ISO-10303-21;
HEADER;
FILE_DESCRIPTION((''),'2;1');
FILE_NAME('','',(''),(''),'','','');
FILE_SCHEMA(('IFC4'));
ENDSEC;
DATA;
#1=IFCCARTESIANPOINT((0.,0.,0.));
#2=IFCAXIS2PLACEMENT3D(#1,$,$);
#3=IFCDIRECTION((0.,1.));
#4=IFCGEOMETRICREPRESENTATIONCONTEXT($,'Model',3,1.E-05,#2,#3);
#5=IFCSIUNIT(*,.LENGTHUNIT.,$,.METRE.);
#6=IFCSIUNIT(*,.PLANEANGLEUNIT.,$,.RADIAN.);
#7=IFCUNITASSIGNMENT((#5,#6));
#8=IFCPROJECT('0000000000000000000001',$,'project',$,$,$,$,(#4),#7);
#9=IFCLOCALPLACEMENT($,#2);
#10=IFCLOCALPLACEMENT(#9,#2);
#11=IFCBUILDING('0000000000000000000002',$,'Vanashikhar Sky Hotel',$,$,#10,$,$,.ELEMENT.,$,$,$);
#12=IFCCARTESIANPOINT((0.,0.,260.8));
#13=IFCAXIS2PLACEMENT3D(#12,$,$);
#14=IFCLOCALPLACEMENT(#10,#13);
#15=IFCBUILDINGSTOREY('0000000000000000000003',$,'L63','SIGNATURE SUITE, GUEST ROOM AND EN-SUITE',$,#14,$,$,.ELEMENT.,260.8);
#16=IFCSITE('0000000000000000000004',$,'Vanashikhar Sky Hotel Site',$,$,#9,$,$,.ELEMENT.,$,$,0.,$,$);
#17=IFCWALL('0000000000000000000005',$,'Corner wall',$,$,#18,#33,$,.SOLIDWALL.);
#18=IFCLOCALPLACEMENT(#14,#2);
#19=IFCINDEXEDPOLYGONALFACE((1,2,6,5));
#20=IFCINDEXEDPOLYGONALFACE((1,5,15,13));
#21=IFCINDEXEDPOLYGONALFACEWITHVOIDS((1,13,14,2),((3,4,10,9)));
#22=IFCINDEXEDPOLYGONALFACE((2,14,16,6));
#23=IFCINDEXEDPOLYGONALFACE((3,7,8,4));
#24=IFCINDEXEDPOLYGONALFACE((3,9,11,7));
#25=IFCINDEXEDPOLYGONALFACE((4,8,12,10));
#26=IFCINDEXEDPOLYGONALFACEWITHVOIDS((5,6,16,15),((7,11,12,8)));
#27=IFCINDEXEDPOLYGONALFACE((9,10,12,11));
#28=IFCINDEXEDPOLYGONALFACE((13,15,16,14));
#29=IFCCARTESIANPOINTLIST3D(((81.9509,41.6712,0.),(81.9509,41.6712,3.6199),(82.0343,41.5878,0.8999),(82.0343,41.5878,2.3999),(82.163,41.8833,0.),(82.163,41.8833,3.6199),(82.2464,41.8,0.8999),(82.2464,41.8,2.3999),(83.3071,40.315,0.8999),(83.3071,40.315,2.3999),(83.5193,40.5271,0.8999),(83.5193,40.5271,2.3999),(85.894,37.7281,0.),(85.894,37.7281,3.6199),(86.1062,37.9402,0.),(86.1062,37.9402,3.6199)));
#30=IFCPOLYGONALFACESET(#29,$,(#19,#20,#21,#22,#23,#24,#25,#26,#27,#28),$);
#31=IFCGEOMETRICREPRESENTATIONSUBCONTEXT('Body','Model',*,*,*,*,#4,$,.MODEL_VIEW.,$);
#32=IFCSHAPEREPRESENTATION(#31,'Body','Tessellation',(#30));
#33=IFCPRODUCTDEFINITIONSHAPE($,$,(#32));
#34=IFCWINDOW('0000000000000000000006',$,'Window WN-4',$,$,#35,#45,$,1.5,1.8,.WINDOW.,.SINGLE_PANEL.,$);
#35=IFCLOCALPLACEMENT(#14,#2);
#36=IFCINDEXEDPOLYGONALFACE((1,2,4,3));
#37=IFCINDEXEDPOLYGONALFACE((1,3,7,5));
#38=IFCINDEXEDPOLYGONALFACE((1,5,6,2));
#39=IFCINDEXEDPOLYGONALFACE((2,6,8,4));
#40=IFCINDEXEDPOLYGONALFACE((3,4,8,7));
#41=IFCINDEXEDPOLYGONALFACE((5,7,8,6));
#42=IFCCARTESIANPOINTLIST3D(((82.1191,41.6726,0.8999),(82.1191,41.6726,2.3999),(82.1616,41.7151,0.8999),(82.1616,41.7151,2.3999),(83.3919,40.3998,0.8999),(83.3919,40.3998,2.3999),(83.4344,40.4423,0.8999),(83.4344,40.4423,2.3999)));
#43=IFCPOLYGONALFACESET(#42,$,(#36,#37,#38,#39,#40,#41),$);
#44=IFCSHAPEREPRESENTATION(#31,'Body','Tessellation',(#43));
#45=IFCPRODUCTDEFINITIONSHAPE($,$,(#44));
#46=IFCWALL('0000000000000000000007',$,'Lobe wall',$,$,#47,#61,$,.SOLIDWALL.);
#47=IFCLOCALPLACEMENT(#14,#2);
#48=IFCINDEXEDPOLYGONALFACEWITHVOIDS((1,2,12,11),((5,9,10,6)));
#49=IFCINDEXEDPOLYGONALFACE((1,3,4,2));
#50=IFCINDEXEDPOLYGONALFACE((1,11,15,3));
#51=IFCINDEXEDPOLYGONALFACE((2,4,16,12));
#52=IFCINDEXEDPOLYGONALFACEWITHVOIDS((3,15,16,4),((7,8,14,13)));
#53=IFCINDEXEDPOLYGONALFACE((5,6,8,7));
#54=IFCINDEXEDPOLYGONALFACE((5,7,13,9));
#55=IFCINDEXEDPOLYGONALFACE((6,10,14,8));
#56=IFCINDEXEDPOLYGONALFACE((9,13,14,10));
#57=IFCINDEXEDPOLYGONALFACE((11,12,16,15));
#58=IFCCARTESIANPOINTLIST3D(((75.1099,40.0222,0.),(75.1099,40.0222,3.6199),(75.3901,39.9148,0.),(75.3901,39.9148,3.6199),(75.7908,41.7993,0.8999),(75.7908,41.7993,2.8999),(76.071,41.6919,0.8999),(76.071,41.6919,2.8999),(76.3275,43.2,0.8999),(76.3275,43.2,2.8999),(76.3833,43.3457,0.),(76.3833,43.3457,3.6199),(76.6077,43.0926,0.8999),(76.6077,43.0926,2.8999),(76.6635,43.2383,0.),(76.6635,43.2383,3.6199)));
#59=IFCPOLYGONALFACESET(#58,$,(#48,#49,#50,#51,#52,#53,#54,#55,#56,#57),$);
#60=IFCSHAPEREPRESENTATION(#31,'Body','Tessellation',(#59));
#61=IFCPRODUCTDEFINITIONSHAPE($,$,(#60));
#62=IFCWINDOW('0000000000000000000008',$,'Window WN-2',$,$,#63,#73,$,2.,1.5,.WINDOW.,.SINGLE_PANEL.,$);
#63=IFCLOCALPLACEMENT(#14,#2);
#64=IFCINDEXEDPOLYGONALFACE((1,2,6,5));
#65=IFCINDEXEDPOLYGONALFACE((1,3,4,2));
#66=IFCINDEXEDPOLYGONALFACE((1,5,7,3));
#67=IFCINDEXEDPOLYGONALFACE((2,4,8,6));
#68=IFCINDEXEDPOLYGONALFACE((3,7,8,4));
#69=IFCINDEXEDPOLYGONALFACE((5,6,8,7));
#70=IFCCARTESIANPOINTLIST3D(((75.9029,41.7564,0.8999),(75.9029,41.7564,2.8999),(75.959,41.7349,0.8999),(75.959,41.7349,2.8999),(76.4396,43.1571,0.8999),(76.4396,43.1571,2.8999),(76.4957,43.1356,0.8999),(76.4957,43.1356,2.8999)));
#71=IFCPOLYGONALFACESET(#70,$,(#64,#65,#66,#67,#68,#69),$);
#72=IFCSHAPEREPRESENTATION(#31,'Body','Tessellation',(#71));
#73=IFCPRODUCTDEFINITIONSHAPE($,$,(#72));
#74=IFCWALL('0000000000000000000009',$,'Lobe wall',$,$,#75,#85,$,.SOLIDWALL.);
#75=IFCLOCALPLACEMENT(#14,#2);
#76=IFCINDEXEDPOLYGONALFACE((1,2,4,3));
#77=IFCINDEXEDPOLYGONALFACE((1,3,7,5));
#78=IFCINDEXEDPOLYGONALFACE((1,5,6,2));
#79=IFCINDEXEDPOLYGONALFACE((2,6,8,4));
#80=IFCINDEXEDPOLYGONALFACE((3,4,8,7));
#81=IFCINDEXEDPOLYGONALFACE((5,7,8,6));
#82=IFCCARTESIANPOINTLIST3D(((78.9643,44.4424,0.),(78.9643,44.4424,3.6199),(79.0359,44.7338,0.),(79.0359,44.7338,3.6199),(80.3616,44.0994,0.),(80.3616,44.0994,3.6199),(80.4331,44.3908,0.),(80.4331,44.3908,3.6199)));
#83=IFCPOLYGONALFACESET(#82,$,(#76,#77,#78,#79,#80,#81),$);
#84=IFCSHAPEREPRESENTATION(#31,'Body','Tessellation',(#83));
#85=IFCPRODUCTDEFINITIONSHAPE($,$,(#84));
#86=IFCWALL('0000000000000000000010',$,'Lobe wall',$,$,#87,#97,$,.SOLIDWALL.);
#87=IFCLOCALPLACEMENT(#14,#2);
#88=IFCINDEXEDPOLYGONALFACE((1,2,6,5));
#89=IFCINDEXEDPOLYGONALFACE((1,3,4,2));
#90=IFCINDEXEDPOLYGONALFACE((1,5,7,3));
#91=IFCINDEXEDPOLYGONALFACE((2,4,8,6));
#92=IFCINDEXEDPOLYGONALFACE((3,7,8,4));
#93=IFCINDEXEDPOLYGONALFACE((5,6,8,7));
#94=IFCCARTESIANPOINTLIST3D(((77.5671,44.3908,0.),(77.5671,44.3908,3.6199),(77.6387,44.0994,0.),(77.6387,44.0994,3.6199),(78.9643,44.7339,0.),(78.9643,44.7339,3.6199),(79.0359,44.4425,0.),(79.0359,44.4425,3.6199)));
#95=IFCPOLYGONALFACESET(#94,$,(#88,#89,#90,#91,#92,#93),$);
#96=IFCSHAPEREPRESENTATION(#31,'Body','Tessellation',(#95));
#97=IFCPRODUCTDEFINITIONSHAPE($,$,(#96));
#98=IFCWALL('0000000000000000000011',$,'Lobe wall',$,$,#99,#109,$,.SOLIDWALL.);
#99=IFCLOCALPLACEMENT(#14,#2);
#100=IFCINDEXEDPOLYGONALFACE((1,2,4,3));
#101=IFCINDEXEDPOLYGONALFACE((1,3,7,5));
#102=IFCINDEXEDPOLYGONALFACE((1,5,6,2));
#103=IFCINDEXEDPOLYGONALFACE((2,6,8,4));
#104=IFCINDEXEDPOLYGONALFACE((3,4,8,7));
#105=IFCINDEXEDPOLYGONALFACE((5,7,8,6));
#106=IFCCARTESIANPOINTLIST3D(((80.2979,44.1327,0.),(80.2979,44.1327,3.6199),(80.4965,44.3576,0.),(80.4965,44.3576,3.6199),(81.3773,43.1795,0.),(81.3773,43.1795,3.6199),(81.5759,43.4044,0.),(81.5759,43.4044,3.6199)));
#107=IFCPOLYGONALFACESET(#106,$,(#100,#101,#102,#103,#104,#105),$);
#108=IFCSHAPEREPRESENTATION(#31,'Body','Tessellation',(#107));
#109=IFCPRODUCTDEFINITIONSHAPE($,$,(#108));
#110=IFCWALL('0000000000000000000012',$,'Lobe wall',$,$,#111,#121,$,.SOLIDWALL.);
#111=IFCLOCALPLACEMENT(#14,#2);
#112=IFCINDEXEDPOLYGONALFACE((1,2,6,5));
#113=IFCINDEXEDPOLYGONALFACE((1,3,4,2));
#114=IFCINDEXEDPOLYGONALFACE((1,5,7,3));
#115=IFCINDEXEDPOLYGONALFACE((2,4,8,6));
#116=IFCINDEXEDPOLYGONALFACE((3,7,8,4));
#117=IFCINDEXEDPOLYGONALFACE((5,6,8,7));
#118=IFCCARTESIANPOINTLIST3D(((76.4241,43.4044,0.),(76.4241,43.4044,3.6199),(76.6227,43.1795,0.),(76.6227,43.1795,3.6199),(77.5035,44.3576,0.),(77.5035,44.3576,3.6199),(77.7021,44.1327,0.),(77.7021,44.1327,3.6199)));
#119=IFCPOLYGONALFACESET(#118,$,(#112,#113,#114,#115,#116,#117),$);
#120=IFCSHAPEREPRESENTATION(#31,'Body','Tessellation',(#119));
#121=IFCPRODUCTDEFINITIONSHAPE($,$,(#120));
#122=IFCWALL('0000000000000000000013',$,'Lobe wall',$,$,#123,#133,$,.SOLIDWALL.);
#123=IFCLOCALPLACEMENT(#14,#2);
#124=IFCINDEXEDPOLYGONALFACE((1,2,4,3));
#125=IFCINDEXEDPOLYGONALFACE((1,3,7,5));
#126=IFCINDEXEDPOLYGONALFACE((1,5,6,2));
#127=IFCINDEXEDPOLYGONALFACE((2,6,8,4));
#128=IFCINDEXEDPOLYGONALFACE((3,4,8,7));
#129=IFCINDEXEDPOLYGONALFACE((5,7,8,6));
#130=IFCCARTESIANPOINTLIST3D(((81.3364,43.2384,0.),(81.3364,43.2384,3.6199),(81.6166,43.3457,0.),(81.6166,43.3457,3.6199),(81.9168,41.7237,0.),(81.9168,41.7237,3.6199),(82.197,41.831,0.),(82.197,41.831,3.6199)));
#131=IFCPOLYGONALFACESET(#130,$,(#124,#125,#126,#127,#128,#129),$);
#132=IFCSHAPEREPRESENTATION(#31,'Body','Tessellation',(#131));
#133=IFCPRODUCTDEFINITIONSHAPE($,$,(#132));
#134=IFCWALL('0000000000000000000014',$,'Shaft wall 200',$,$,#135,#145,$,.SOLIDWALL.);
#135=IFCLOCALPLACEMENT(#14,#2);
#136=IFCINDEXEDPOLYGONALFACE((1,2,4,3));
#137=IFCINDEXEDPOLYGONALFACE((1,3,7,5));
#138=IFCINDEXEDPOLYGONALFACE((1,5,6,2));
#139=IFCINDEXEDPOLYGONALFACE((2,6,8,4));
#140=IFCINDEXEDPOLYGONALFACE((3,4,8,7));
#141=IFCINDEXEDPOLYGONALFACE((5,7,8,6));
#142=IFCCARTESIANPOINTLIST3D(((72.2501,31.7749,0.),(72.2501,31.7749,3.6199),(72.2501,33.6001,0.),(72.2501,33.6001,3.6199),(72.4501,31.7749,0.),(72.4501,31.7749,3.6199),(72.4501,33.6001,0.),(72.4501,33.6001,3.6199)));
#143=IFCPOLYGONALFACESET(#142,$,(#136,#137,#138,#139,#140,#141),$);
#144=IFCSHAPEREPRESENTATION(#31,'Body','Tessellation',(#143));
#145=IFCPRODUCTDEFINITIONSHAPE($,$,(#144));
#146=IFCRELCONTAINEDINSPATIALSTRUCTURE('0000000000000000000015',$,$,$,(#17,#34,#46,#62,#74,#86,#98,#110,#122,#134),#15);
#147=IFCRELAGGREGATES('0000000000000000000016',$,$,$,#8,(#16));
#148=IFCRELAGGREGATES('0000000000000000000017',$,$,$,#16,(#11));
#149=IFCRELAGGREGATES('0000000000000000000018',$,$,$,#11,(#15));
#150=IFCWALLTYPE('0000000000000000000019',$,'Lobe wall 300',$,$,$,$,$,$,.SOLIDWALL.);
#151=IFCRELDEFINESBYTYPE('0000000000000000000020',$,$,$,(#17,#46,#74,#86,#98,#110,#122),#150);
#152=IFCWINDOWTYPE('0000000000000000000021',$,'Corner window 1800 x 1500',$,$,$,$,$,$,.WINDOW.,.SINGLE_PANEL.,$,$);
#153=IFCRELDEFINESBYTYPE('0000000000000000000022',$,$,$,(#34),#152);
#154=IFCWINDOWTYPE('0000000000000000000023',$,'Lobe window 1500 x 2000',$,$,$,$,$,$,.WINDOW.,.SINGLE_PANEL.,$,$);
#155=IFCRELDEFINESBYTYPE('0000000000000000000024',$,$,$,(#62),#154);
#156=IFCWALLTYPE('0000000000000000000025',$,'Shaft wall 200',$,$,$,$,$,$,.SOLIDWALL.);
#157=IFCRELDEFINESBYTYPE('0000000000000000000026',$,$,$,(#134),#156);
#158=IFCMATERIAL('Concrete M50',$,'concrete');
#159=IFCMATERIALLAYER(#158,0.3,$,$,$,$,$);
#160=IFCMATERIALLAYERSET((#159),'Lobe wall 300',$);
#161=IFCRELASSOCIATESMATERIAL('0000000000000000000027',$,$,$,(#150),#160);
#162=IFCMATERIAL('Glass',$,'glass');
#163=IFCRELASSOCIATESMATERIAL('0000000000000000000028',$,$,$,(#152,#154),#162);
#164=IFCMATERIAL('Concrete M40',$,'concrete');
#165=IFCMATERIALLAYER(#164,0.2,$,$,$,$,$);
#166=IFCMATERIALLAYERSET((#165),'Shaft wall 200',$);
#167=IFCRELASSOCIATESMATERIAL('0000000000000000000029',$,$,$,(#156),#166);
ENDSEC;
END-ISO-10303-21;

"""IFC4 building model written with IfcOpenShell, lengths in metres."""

from ifc_helpers import new_model, si_unit, direction, frame, frame_2d, origin, place, context, subcontext, project, spatial, rectangle, extrude, source, transform, mapped, material, layer, layer_set, type_object, element, fill, save


model = new_model("IFC4")

# Units and contexts
model_context = context("Model", 3, precision=1e-05, world=origin(), true_north=direction((0.0, 1.0)))
body_context = subcontext(model_context, "Body", "Model", "MODEL_VIEW")
ifc_project = project(units=[si_unit("LENGTHUNIT", "METRE"), si_unit("PLANEANGLEUNIT", "RADIAN")], contexts=[model_context])

# Site, building, storey
site_placement = place(None, origin())
site = spatial("IfcSite", under=ifc_project, at=site_placement, Name="Vanashikhar Sky Hotel Site", CompositionType="ELEMENT", RefElevation=0.0)
building_placement = place(site_placement, origin())
building = spatial("IfcBuilding", under=site, at=building_placement, Name="Vanashikhar Sky Hotel", CompositionType="ELEMENT")
storey_placement = place(building_placement, frame((0.0, 0.0, 260.8)))
storey = spatial("IfcBuildingStorey", under=building, at=storey_placement, Name="L63", Description="SIGNATURE SUITE, GUEST ROOM AND EN-SUITE", CompositionType="ELEMENT", Elevation=260.8)

# Walls, openings, windows
ifc_material_1 = material(Name="Concrete M50", Category="concrete")
ifc_layer_1 = layer(ifc_material_1, 0.3)
ifc_layer_set_1 = layer_set([ifc_layer_1], Name="Lobe wall 300")
wall_type_1 = type_object("IfcWallType", Name="Lobe wall 300", PredefinedType="SOLIDWALL", material=ifc_layer_set_1)
shared_shape_1 = source(origin(), body_context, "Body", "SweptSolid", [
    extrude(rectangle(XDim=5.5764, YDim=0.3, at=frame_2d((2.7881, 0.0))), origin(), (0.0, 0.0, 1.0), 3.6199),
])
wall_1_placement = place(storey_placement, frame((86.0, 37.8342, 0.0), z_axis=(0.0, 0.0, 1.0), x_axis=(-0.707107, 0.707107, 0.0)))
wall_1 = element("IfcWall", 1, at=wall_1_placement, inside=storey, type_object=wall_type_1, Name="Corner wall", PredefinedType="SOLIDWALL", context=body_context, shape_type="MappedRepresentation", body=[
    mapped(shared_shape_1, transform((0.0, 0.0, 0.0), scale=1.0)),
])
shared_shape_2 = source(origin(), body_context, "Body", "SweptSolid", [
    extrude(rectangle(XDim=1.8, YDim=1.5, at=frame_2d((0.8999, 0.75))), frame((0.0, 0.1602, 0.0), z_axis=(0.0, -1.0, 0.0), x_axis=(1.0, 0.0, 0.0)), (0.0, 0.0, 1.0), 0.3201),
])
opening_1_placement = place(wall_1_placement, frame((3.6584, 0.0, 0.8999)))
opening_1 = element("IfcOpeningElement", 2, at=opening_1_placement, cuts=wall_1, PredefinedType="OPENING", context=body_context, shape_type="MappedRepresentation", body=[
    mapped(shared_shape_2, transform((0.0, 0.0, 0.0), scale=1.0)),
])
ifc_material_2 = material(Name="Glass", Category="glass")
window_type_1 = type_object("IfcWindowType", Name="Corner window 1800 x 1500", PartitioningType="SINGLE_PANEL", PredefinedType="WINDOW", material=ifc_material_2)
shared_shape_3 = source(origin(), body_context, "Body", "SweptSolid", [
    extrude(rectangle(XDim=1.8, YDim=1.5, at=frame_2d((0.8999, 0.75))), frame((0.0, 0.03, 0.0), z_axis=(0.0, -1.0, 0.0), x_axis=(1.0, 0.0, 0.0)), (0.0, 0.0, 1.0), 0.0601),
])
window_1_placement = place(opening_1_placement, origin())
window_1 = element("IfcWindow", 3, at=window_1_placement, inside=storey, type_object=window_type_1, Name="Window WN-4", OverallHeight=1.5, OverallWidth=1.8, PartitioningType="SINGLE_PANEL", PredefinedType="WINDOW", context=body_context, shape_type="MappedRepresentation", body=[
    mapped(shared_shape_3, transform((0.0, 0.0, 0.0), scale=1.0)),
])
fill(opening_1, window_1)
shared_shape_4 = source(origin(), body_context, "Body", "SweptSolid", [
    extrude(rectangle(XDim=3.5591, YDim=0.3, at=frame_2d((1.7795, 0.0))), origin(), (0.0, 0.0, 1.0), 3.6199),
])
wall_2_placement = place(storey_placement, frame((76.5234, 43.292, 0.0), z_axis=(0.0, 0.0, 1.0), x_axis=(-0.357797, -0.933799, 0.0)))
wall_2 = element("IfcWall", 4, at=wall_2_placement, inside=storey, type_object=wall_type_1, Name="Lobe wall", PredefinedType="SOLIDWALL", context=body_context, shape_type="MappedRepresentation", body=[
    mapped(shared_shape_4, transform((0.0, 0.0, 0.0), scale=1.0)),
])
shared_shape_5 = source(origin(), body_context, "Body", "SweptSolid", [
    extrude(rectangle(XDim=1.5, YDim=2.0, at=frame_2d((0.75, 1.0))), frame((0.0, 0.1602, 0.0), z_axis=(0.0, -1.0, 0.0), x_axis=(1.0, 0.0, 0.0)), (0.0, 0.0, 1.0), 0.3201),
])
opening_2_placement = place(wall_2_placement, frame((0.156, 0.0, 0.8999)))
opening_2 = element("IfcOpeningElement", 5, at=opening_2_placement, cuts=wall_2, PredefinedType="OPENING", context=body_context, shape_type="MappedRepresentation", body=[
    mapped(shared_shape_5, transform((0.0, 0.0, 0.0), scale=1.0)),
])
window_type_2 = type_object("IfcWindowType", Name="Lobe window 1500 x 2000", PartitioningType="SINGLE_PANEL", PredefinedType="WINDOW", material=ifc_material_2)
shared_shape_6 = source(origin(), body_context, "Body", "SweptSolid", [
    extrude(rectangle(XDim=1.5, YDim=2.0, at=frame_2d((0.75, 1.0))), frame((0.0, 0.03, 0.0), z_axis=(0.0, -1.0, 0.0), x_axis=(1.0, 0.0, 0.0)), (0.0, 0.0, 1.0), 0.0601),
])
window_2_placement = place(opening_2_placement, origin())
window_2 = element("IfcWindow", 6, at=window_2_placement, inside=storey, type_object=window_type_2, Name="Window WN-2", OverallHeight=2.0, OverallWidth=1.5, PartitioningType="SINGLE_PANEL", PredefinedType="WINDOW", context=body_context, shape_type="MappedRepresentation", body=[
    mapped(shared_shape_6, transform((0.0, 0.0, 0.0), scale=1.0)),
])
fill(opening_2, window_2)

# Walls
shared_shape_7 = source(origin(), body_context, "Body", "SweptSolid", [
    extrude(rectangle(XDim=1.4387, YDim=0.3, at=frame_2d((0.7192, 0.0))), origin(), (0.0, 0.0, 1.0), 3.6199),
])
for number, where, z_axis, x_axis, name in (
    (7, (80.3972, 44.2451, 0.0), (0.0, 0.0, 1.0), (-0.971162, 0.238421, 0.0), "Lobe wall"),
    (8, (79.0, 44.5881, 0.0), (0.0, 0.0, 1.0), (-0.971162, -0.238421, 0.0), "Lobe wall"),
):
    element("IfcWall", number, at=place(storey_placement, frame(where, z_axis=z_axis, x_axis=x_axis)), inside=storey, type_object=wall_type_1, Name=name, PredefinedType="SOLIDWALL", context=body_context, shape_type="MappedRepresentation", body=[
        mapped(shared_shape_7, transform((0.0, 0.0, 0.0), scale=1.0)),
    ])
shared_shape_8 = source(origin(), body_context, "Body", "SweptSolid", [
    extrude(rectangle(XDim=1.4399, YDim=0.3, at=frame_2d((0.72, 0.0))), origin(), (0.0, 0.0, 1.0), 3.6199),
])
for number, where, z_axis, x_axis, name in (
    (9, (81.4766, 43.292, 0.0), (0.0, 0.0, 1.0), (-0.749576, 0.661919, 0.0), "Lobe wall"),
    (10, (77.6028, 44.2451, 0.0), (0.0, 0.0, 1.0), (-0.749576, -0.661919, 0.0), "Lobe wall"),
):
    element("IfcWall", number, at=place(storey_placement, frame(where, z_axis=z_axis, x_axis=x_axis)), inside=storey, type_object=wall_type_1, Name=name, PredefinedType="SOLIDWALL", context=body_context, shape_type="MappedRepresentation", body=[
        mapped(shared_shape_8, transform((0.0, 0.0, 0.0), scale=1.0)),
    ])
shared_shape_9 = source(origin(), body_context, "Body", "SweptSolid", [
    extrude(rectangle(XDim=1.6221, YDim=0.3, at=frame_2d((0.811, 0.0))), origin(), (0.0, 0.0, 1.0), 3.6199),
])
wall_3_placement = place(storey_placement, frame((82.0569, 41.7773, 0.0), z_axis=(0.0, 0.0, 1.0), x_axis=(-0.357779, 0.933806, 0.0)))
element("IfcWall", 11, at=wall_3_placement, inside=storey, type_object=wall_type_1, Name="Lobe wall", PredefinedType="SOLIDWALL", context=body_context, shape_type="MappedRepresentation", body=[
    mapped(shared_shape_9, transform((0.0, 0.0, 0.0), scale=1.0)),
])
ifc_material_3 = material(Name="Concrete M40", Category="concrete")
ifc_layer_2 = layer(ifc_material_3, 0.2)
ifc_layer_set_2 = layer_set([ifc_layer_2], Name="Shaft wall 200")
wall_type_2 = type_object("IfcWallType", Name="Shaft wall 200", PredefinedType="SOLIDWALL", material=ifc_layer_set_2)
shared_shape_10 = source(origin(), body_context, "Body", "SweptSolid", [
    extrude(rectangle(XDim=1.8252, YDim=0.2, at=frame_2d((0.9126, 0.0))), origin(), (0.0, 0.0, 1.0), 3.6199),
])
wall_4_placement = place(storey_placement, frame((72.3501, 31.7749, 0.0), z_axis=(0.0, 0.0, 1.0), x_axis=(0.0, 1.0, 0.0)))
element("IfcWall", 12, at=wall_4_placement, inside=storey, type_object=wall_type_2, Name="Shaft wall 200", PredefinedType="SOLIDWALL", context=body_context, shape_type="MappedRepresentation", body=[
    mapped(shared_shape_10, transform((0.0, 0.0, 0.0), scale=1.0)),
])

save(model, "model.ifc")
